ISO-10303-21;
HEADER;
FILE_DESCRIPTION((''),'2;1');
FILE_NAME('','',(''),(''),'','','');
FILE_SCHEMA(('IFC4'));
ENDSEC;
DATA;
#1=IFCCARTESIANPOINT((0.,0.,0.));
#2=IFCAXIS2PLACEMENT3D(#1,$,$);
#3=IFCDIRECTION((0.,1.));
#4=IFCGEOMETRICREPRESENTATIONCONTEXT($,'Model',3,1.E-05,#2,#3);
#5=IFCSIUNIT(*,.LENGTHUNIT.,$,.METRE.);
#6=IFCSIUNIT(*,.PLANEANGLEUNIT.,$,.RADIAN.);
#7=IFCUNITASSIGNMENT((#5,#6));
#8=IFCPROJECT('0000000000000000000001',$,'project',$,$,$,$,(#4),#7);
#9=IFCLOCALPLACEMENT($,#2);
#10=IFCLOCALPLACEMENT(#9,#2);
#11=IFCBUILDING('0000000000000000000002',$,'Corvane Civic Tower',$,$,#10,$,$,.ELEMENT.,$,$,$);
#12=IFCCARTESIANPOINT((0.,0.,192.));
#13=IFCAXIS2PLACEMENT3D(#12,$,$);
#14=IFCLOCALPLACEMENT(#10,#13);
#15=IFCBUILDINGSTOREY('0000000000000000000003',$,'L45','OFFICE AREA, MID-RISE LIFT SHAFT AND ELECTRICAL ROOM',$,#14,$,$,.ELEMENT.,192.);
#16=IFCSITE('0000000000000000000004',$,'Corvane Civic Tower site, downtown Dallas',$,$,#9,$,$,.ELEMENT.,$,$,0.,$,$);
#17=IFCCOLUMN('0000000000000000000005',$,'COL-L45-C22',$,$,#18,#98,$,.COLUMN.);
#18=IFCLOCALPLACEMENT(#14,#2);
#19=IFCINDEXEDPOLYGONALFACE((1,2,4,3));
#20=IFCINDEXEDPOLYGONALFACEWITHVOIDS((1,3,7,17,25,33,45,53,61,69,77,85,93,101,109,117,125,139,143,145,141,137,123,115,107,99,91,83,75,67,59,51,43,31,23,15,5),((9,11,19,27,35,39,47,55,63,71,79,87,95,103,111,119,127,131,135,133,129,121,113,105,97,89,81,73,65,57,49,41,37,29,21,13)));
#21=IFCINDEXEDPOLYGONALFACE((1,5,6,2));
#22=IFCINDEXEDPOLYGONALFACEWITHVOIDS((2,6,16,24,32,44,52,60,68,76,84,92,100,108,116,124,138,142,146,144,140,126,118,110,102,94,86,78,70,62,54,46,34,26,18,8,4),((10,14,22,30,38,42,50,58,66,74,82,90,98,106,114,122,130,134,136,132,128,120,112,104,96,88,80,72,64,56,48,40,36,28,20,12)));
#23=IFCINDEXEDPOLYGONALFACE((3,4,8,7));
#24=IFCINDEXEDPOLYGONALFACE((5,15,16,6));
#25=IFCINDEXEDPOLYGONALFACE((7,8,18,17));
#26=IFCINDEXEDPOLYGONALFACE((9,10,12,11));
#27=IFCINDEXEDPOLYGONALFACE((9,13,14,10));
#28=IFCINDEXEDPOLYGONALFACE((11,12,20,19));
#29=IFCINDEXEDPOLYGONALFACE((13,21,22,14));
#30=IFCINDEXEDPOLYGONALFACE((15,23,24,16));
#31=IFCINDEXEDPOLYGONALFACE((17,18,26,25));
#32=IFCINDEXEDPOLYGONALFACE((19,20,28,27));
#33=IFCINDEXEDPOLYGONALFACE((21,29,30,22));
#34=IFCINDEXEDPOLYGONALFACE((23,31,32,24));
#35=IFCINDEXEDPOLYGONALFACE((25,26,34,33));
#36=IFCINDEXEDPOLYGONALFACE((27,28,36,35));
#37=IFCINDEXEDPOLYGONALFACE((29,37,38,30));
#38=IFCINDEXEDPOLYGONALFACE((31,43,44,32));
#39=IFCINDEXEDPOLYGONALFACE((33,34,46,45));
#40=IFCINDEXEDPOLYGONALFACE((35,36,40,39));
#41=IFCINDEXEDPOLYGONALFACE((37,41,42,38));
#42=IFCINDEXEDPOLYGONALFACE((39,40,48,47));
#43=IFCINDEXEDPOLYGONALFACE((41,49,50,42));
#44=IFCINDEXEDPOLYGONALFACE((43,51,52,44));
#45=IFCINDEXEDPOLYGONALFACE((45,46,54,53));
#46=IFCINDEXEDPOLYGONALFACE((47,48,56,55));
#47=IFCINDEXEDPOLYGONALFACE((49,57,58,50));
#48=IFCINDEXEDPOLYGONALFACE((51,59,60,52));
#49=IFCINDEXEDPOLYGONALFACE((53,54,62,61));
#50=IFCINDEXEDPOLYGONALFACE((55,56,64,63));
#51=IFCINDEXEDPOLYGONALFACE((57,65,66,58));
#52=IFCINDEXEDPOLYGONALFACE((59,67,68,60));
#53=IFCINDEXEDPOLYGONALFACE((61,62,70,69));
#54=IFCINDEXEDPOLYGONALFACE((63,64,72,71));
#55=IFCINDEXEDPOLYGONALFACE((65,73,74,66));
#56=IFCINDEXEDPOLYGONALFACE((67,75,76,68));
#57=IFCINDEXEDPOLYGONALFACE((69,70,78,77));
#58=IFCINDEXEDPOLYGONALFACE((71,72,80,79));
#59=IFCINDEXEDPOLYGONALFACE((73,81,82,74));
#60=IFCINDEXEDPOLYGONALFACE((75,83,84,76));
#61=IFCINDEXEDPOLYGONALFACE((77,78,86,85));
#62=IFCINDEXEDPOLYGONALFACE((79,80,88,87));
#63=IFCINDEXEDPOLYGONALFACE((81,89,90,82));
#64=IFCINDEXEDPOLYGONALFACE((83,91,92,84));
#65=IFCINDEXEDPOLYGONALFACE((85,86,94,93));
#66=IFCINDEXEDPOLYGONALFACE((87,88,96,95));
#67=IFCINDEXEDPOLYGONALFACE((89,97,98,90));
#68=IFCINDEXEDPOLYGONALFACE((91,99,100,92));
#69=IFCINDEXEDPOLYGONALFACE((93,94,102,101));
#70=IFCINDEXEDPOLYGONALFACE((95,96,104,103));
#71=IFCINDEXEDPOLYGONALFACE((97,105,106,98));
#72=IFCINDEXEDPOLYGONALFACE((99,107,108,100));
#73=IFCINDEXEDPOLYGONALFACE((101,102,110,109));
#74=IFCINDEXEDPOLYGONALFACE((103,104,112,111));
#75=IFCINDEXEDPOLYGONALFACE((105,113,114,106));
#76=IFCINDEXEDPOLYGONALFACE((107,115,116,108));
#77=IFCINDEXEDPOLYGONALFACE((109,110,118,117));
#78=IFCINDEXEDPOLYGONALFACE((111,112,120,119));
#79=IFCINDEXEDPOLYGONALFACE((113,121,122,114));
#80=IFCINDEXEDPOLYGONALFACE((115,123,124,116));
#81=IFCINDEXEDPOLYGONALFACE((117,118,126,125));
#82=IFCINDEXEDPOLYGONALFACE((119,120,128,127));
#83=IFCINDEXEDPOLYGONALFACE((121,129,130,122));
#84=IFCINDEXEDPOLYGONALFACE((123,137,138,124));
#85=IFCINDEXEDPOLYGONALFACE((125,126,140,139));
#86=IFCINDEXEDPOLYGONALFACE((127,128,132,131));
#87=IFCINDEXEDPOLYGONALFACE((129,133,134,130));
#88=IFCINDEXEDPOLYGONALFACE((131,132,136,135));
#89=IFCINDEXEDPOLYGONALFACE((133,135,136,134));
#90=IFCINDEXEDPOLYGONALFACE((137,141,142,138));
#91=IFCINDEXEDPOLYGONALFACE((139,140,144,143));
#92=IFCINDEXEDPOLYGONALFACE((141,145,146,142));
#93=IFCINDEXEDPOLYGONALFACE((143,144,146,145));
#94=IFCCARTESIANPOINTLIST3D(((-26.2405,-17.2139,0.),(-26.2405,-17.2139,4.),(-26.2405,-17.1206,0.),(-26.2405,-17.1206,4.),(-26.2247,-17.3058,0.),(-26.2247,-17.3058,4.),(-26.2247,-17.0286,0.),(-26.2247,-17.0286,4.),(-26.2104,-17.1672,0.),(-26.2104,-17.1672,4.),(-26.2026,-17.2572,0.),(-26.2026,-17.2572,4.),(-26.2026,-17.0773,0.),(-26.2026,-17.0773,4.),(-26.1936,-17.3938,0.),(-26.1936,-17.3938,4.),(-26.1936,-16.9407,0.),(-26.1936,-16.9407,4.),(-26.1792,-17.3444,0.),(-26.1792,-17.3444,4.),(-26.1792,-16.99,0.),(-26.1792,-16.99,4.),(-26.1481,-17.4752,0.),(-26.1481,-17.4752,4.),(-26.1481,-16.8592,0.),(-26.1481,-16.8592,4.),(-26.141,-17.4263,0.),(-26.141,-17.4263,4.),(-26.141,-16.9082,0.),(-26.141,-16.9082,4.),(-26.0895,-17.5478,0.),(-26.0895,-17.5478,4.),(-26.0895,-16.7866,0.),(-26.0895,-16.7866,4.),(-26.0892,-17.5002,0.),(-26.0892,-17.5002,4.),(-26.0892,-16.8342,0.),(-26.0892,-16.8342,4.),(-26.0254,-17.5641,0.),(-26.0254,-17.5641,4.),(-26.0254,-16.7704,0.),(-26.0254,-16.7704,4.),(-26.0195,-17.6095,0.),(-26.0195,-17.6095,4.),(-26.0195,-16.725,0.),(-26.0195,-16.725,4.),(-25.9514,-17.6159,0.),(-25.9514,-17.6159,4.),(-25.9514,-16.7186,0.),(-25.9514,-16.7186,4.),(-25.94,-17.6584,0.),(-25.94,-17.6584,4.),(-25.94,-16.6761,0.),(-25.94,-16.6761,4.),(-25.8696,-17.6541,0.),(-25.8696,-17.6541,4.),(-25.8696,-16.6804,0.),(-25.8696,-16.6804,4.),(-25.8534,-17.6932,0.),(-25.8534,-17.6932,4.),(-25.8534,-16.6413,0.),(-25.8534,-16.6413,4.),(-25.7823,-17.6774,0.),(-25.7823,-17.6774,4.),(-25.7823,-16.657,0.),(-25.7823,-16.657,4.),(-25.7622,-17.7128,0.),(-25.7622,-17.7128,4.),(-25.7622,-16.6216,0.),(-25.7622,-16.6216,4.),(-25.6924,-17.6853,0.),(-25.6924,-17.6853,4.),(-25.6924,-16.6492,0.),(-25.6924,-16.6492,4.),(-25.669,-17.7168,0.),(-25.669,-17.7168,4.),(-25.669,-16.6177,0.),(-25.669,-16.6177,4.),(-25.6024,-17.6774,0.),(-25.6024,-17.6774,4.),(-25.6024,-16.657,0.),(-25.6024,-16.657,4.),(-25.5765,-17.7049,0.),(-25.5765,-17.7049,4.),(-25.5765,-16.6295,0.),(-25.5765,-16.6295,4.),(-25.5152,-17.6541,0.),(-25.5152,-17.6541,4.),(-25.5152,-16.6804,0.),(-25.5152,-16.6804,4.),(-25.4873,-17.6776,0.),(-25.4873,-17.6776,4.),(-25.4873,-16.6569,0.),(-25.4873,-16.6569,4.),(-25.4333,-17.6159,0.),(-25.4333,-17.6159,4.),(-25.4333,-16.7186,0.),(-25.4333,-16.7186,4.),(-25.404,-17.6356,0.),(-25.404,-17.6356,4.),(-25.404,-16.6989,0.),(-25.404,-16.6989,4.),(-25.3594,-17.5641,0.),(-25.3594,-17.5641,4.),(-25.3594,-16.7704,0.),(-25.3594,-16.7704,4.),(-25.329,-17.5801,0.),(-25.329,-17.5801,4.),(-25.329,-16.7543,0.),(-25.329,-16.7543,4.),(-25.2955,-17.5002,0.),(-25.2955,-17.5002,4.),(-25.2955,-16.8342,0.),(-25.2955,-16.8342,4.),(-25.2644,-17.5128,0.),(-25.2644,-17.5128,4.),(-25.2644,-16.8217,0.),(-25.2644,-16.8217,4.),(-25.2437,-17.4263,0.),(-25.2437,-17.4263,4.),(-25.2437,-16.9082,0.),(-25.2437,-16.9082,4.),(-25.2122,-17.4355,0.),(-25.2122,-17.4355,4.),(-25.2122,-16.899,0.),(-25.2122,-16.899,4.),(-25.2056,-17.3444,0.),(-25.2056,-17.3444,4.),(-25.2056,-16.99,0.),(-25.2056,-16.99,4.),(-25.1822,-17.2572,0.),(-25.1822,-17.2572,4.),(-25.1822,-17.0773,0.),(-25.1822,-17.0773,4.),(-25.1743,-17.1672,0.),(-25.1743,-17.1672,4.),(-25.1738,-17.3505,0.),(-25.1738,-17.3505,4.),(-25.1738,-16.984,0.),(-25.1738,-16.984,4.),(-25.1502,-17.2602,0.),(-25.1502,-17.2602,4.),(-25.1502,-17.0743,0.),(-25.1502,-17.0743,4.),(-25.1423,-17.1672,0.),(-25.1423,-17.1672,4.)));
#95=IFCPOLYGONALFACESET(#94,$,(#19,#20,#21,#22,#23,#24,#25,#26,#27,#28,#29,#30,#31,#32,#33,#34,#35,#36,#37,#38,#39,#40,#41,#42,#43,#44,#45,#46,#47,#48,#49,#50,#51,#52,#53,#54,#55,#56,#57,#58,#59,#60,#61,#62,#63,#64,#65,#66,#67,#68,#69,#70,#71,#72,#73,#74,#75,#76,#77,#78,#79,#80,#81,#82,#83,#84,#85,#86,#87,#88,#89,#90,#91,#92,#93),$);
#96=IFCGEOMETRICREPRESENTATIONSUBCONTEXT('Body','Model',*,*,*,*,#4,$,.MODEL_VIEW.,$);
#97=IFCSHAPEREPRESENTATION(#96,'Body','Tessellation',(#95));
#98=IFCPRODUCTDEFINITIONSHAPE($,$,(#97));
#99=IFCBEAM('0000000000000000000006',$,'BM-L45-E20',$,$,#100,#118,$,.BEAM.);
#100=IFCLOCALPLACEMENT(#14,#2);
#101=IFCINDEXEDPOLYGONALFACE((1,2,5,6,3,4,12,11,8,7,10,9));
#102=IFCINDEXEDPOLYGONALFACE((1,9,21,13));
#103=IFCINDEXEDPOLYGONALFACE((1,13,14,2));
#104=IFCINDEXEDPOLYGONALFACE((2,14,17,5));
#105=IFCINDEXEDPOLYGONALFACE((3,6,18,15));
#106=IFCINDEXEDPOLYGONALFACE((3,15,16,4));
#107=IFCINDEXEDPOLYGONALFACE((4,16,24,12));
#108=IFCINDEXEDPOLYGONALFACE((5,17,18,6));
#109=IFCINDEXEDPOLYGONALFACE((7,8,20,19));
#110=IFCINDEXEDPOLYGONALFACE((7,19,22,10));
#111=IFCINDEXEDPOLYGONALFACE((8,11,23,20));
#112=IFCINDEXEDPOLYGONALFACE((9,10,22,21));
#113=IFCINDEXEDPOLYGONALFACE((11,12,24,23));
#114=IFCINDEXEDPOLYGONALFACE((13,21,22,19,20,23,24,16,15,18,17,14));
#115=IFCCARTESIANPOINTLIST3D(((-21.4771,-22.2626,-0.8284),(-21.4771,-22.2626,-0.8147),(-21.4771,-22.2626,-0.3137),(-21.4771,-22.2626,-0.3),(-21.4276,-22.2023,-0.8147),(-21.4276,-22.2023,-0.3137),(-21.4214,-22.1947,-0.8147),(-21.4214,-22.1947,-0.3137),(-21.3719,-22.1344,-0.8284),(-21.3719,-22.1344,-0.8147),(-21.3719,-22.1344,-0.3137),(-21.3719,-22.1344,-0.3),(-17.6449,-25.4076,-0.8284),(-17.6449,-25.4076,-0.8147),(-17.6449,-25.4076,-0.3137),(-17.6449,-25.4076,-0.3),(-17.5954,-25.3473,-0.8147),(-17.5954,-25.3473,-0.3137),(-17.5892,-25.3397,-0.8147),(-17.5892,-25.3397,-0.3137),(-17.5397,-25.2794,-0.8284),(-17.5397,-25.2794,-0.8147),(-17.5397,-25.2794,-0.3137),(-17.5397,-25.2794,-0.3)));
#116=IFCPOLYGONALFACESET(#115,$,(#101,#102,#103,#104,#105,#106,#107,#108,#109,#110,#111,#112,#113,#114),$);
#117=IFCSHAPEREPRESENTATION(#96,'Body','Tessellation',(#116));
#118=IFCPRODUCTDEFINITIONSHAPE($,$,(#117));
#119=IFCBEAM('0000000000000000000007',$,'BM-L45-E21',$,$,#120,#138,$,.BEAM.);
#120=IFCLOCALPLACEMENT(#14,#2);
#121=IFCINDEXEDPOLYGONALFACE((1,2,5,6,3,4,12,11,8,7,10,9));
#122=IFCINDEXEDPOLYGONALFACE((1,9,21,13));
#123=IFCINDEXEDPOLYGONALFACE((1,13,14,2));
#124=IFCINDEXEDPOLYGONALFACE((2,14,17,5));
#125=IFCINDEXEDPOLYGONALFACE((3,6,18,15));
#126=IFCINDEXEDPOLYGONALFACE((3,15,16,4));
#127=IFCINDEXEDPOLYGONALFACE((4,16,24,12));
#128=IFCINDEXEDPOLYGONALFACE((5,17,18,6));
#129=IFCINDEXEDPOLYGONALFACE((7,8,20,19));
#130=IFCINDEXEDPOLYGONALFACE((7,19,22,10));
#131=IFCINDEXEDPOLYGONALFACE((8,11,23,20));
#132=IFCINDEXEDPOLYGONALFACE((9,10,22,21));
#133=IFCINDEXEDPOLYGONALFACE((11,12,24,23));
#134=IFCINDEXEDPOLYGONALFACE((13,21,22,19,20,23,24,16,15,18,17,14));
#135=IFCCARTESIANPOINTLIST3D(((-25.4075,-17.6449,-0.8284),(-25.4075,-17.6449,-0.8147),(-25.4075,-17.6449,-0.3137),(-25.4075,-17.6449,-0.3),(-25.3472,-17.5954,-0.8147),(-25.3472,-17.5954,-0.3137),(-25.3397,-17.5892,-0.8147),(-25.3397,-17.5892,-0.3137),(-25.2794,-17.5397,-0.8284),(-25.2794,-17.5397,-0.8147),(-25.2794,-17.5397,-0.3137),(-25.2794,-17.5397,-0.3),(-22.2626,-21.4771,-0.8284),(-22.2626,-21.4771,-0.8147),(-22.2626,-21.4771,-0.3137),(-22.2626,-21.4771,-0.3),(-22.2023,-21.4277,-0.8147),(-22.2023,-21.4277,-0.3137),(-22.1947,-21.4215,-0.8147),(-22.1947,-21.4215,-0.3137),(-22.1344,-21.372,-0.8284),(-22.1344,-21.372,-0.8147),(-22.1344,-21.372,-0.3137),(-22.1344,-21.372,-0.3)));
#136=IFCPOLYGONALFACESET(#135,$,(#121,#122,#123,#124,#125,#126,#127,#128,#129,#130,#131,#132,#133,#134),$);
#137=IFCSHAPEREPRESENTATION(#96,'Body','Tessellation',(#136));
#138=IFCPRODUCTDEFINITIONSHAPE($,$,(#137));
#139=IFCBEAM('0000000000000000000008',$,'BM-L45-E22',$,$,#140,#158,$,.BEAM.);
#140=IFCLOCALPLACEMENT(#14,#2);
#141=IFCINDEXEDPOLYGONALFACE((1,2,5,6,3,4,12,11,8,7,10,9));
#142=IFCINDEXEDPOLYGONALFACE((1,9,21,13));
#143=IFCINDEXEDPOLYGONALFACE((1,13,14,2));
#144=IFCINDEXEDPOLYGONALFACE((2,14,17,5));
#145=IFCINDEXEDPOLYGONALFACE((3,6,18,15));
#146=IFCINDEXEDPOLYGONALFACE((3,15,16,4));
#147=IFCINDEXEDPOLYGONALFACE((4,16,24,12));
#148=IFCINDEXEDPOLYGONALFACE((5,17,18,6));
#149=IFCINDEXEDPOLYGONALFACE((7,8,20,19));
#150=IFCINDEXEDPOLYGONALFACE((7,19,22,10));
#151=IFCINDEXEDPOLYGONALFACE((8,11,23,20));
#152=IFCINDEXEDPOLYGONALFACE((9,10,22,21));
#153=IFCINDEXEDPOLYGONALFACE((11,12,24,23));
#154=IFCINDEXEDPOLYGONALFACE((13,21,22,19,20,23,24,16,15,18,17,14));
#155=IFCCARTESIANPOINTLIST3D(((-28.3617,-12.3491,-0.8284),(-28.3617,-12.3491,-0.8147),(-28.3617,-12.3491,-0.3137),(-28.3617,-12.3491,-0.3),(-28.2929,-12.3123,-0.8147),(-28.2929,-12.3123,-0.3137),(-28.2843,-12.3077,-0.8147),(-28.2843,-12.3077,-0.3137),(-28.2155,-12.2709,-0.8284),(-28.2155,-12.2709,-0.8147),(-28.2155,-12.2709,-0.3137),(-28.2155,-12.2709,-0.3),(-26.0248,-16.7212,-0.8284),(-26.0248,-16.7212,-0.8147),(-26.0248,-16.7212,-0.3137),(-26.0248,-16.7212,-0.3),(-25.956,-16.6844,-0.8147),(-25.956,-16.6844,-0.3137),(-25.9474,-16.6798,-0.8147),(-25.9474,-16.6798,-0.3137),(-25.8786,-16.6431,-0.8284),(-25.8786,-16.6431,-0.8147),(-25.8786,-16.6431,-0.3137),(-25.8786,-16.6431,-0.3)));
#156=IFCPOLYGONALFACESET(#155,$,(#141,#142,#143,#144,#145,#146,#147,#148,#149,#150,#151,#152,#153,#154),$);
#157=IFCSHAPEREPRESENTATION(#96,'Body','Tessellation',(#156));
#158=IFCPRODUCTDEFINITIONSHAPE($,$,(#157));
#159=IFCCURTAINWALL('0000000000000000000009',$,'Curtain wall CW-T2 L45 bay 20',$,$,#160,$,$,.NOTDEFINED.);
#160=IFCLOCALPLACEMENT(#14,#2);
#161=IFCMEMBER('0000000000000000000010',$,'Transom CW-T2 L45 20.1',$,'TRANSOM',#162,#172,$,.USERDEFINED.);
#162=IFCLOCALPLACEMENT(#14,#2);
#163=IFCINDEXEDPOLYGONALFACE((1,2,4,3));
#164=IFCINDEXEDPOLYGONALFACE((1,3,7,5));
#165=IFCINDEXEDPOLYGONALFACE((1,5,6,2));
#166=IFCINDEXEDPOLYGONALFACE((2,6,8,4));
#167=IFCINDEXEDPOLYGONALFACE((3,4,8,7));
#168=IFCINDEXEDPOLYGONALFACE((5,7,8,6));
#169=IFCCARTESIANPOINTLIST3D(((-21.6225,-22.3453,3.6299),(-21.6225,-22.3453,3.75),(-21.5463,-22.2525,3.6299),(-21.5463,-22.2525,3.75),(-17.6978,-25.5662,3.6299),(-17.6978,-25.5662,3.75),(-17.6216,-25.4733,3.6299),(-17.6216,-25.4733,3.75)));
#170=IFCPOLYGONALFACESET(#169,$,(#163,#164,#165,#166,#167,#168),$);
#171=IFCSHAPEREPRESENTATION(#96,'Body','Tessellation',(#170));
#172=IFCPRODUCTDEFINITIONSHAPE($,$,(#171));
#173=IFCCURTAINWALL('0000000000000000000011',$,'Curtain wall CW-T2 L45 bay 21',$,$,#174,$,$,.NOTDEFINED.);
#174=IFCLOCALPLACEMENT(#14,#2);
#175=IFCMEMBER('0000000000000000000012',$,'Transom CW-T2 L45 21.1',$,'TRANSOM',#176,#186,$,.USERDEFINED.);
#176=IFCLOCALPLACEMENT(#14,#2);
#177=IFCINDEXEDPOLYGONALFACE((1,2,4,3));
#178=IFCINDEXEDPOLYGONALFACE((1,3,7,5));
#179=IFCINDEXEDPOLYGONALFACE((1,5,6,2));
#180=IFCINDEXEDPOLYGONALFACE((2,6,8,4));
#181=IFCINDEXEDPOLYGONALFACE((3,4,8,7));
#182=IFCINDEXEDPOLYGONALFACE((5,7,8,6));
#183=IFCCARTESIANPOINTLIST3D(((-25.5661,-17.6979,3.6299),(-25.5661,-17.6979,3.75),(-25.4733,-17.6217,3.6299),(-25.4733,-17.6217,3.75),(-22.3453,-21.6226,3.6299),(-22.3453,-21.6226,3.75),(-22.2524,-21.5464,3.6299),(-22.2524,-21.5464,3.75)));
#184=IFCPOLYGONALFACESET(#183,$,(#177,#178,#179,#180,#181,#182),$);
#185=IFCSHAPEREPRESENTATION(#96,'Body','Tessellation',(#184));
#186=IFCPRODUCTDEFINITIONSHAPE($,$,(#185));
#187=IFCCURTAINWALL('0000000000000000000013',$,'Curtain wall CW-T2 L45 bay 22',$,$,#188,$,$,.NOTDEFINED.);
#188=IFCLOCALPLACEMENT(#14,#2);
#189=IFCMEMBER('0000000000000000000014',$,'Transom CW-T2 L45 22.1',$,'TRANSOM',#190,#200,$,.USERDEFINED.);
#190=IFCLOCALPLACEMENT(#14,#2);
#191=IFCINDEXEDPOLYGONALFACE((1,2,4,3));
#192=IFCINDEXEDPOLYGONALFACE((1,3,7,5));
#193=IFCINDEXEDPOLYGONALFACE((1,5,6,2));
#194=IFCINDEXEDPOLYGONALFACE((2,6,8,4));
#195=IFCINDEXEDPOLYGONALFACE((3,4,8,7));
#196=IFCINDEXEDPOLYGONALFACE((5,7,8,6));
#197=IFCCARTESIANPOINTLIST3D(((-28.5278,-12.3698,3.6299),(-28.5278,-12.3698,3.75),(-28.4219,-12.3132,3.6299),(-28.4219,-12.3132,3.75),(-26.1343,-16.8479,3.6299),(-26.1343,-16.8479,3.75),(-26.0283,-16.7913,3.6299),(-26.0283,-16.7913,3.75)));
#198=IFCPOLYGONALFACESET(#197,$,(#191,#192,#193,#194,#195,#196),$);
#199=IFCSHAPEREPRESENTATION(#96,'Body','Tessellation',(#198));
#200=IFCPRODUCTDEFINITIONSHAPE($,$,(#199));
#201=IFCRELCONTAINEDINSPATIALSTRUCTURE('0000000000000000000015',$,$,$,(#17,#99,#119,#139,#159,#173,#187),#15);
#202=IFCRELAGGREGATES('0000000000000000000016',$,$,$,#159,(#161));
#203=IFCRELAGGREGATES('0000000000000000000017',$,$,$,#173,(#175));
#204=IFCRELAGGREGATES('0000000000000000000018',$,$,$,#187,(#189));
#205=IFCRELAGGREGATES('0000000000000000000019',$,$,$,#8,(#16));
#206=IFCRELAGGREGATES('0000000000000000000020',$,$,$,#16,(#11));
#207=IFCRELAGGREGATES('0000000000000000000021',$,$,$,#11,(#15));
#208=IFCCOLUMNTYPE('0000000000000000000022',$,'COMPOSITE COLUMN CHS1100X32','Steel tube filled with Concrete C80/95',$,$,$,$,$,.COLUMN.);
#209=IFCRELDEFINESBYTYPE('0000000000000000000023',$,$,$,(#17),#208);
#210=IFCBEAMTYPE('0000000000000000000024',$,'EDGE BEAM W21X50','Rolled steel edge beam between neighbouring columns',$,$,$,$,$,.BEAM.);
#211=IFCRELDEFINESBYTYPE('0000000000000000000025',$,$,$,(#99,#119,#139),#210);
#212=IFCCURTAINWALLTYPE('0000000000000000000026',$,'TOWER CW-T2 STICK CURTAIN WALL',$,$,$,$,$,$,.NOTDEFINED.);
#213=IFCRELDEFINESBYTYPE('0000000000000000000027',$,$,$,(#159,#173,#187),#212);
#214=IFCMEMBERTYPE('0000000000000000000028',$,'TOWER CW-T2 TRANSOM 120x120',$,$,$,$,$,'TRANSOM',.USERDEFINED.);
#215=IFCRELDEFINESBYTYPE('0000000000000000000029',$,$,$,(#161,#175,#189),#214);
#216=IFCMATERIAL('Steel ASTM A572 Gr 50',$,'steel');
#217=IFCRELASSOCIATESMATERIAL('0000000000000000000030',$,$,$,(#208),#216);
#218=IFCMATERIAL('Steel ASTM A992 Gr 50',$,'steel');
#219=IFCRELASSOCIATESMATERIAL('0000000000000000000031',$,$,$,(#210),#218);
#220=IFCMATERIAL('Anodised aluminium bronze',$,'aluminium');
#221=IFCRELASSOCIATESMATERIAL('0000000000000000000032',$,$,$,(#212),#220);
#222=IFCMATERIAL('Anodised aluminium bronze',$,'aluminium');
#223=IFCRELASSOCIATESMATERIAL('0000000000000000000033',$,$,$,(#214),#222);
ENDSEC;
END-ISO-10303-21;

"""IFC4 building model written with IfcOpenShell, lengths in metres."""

from ifc_helpers import new_model, si_unit, direction, frame, origin, origin_2d, place, context, subcontext, project, spatial, rectangle, hollow_circle, i_section, extrude, material, material_profile, profile_set, type_object, element, aggregate, save


model = new_model("IFC4")

# Units and contexts
model_context = context("Model", 3, precision=1e-05, world=origin(), true_north=direction((0.0, 1.0)))
body_context = subcontext(model_context, "Body", "Model", "MODEL_VIEW")
ifc_project = project(units=[si_unit("LENGTHUNIT", "METRE"), si_unit("PLANEANGLEUNIT", "RADIAN")], contexts=[model_context])

# Site, building, storey
site_placement = place(None, origin())
site = spatial("IfcSite", under=ifc_project, at=site_placement, Name="Corvane Civic Tower site, downtown Dallas", CompositionType="ELEMENT", RefElevation=0.0)
building_placement = place(site_placement, origin())
building = spatial("IfcBuilding", under=site, at=building_placement, Name="Corvane Civic Tower", CompositionType="ELEMENT")
storey_placement = place(building_placement, frame((0.0, 0.0, 192.0)))
storey = spatial("IfcBuildingStorey", under=building, at=storey_placement, Name="L45", Description="OFFICE AREA, MID-RISE LIFT SHAFT AND ELECTRICAL ROOM", CompositionType="ELEMENT", Elevation=192.0)

# Column
ifc_material_1 = material(Name="Steel ASTM A572 Gr 50", Category="steel")
ifc_material_profile_1 = material_profile(ifc_material_1, hollow_circle(Radius=0.55, WallThickness=0.032, at=origin_2d()), Name="CHS1100X32")
ifc_profile_set_1 = profile_set([ifc_material_profile_1], Name="Steel ASTM A572 Gr 50")
column_type = type_object("IfcColumnType", Name="COMPOSITE COLUMN CHS1100X32", Description="Steel tube filled with Concrete C80/95", PredefinedType="COLUMN", material=ifc_profile_set_1)
for number, where, z_axis, x_axis, name in (
    (1, (-25.6924, -17.1672, 0.0), (0.0, 0.0, 1.0), (1.0, 0.0, 0.0), "COL-L45-C22"),
):
    element("IfcColumn", number, at=place(storey_placement, frame(where, z_axis=z_axis, x_axis=x_axis)), inside=storey, type_object=column_type, Name=name, PredefinedType="COLUMN", context=body_context, shape_type="SweptSolid", body=[
        extrude(hollow_circle(Radius=0.55, WallThickness=0.032, at=origin_2d()), origin(), (0.0, 0.0, 1.0), 4.0),
    ])

# Beams
ifc_material_2 = material(Name="Steel ASTM A992 Gr 50", Category="steel")
ifc_material_profile_2 = material_profile(ifc_material_2, i_section(OverallWidth=0.1658, OverallDepth=0.5283, WebThickness=0.0098, FlangeThickness=0.0137, at=origin_2d()), Name="W21X50")
ifc_profile_set_2 = profile_set([ifc_material_profile_2], Name="Steel ASTM A992 Gr 50")
beam_type = type_object("IfcBeamType", Name="EDGE BEAM W21X50", Description="Rolled steel edge beam between neighbouring columns", PredefinedType="BEAM", material=ifc_profile_set_2)
for number, where, z_axis, x_axis, name in (
    (2, (-17.5923, -25.3435, -0.5642), (-0.773015, 0.634388, 0.0), (-0.634388, -0.773015, 0.0), "BM-L45-E20"),
    (3, (-22.1985, -21.4246, -0.5642), (-0.634388, 0.773015, 0.0), (-0.773015, -0.634388, 0.0), "BM-L45-E21"),
    (4, (-25.9517, -16.6821, -0.5642), (-0.471396, 0.881922, 0.0), (-0.881922, -0.471396, 0.0), "BM-L45-E22"),
):
    element("IfcBeam", number, at=place(storey_placement, frame(where, z_axis=z_axis, x_axis=x_axis)), inside=storey, type_object=beam_type, Name=name, PredefinedType="BEAM", context=body_context, shape_type="SweptSolid", body=[
        extrude(i_section(OverallWidth=0.1658, OverallDepth=0.5283, WebThickness=0.0098, FlangeThickness=0.0137, at=origin_2d()), origin(), (0.0, 0.0, 1.0), 4.9575),
    ])

# Curtain walls, members
ifc_material_3 = material(Name="Anodised aluminium bronze", Category="aluminium")
curtain_wall_type = type_object("IfcCurtainWallType", Name="TOWER CW-T2 STICK CURTAIN WALL", PredefinedType="NOTDEFINED", material=ifc_material_3)
curtain_wall_1_placement = place(storey_placement, origin())
curtain_wall_1 = element("IfcCurtainWall", 5, at=curtain_wall_1_placement, inside=storey, type_object=curtain_wall_type, Name="Curtain wall CW-T2 L45 bay 20", PredefinedType="NOTDEFINED")
ifc_material_4 = material(Name="Anodised aluminium bronze", Category="aluminium")
ifc_material_profile_3 = material_profile(ifc_material_4, rectangle(XDim=0.1201, YDim=0.1201, at=origin_2d()), Name="TOWER CW-T2 TRANSOM 120x120")
ifc_profile_set_3 = profile_set([ifc_material_profile_3], Name="Anodised aluminium bronze")
member_type = type_object("IfcMemberType", Name="TOWER CW-T2 TRANSOM 120x120", ElementType="TRANSOM", PredefinedType="USERDEFINED", material=ifc_profile_set_3)
member_1_placement = place(storey_placement, frame((-17.6597, -25.5198, 3.6899), z_axis=(-0.773016, 0.634387, 0.0), x_axis=(-0.634387, -0.773016, 0.0)))
member_1 = element("IfcMember", 6, at=member_1_placement, type_object=member_type, Name="Transom CW-T2 L45 20.1", ObjectType="TRANSOM", PredefinedType="USERDEFINED", context=body_context, shape_type="SweptSolid", body=[
    extrude(rectangle(XDim=0.1201, YDim=0.1201, at=origin_2d()), origin(), (0.0, 0.0, 1.0), 5.0771),
])
curtain_wall_2_placement = place(storey_placement, origin())
curtain_wall_2 = element("IfcCurtainWall", 7, at=curtain_wall_2_placement, inside=storey, type_object=curtain_wall_type, Name="Curtain wall CW-T2 L45 bay 21", PredefinedType="NOTDEFINED")
member_2_placement = place(storey_placement, frame((-22.2988, -21.5845, 3.6899), z_axis=(-0.634387, 0.773016, 0.0), x_axis=(-0.773016, -0.634387, 0.0)))
member_2 = element("IfcMember", 8, at=member_2_placement, type_object=member_type, Name="Transom CW-T2 L45 21.1", ObjectType="TRANSOM", PredefinedType="USERDEFINED", context=body_context, shape_type="SweptSolid", body=[
    extrude(rectangle(XDim=0.1201, YDim=0.1201, at=origin_2d()), origin(), (0.0, 0.0, 1.0), 5.0771),
])
curtain_wall_3_placement = place(storey_placement, origin())
curtain_wall_3 = element("IfcCurtainWall", 9, at=curtain_wall_3_placement, inside=storey, type_object=curtain_wall_type, Name="Curtain wall CW-T2 L45 bay 22", PredefinedType="NOTDEFINED")
member_3_placement = place(storey_placement, frame((-26.0813, -16.8196, 3.6899), z_axis=(-0.471397, 0.881921, 0.0), x_axis=(-0.881921, -0.471397, 0.0)))
member_3 = element("IfcMember", 10, at=member_3_placement, type_object=member_type, Name="Transom CW-T2 L45 22.1", ObjectType="TRANSOM", PredefinedType="USERDEFINED", context=body_context, shape_type="SweptSolid", body=[
    extrude(rectangle(XDim=0.1201, YDim=0.1201, at=origin_2d()), origin(), (0.0, 0.0, 1.0), 5.0776),
])

aggregate(curtain_wall_1, [member_1])
aggregate(curtain_wall_2, [member_2])
aggregate(curtain_wall_3, [member_3])

save(model, "model.ifc")
